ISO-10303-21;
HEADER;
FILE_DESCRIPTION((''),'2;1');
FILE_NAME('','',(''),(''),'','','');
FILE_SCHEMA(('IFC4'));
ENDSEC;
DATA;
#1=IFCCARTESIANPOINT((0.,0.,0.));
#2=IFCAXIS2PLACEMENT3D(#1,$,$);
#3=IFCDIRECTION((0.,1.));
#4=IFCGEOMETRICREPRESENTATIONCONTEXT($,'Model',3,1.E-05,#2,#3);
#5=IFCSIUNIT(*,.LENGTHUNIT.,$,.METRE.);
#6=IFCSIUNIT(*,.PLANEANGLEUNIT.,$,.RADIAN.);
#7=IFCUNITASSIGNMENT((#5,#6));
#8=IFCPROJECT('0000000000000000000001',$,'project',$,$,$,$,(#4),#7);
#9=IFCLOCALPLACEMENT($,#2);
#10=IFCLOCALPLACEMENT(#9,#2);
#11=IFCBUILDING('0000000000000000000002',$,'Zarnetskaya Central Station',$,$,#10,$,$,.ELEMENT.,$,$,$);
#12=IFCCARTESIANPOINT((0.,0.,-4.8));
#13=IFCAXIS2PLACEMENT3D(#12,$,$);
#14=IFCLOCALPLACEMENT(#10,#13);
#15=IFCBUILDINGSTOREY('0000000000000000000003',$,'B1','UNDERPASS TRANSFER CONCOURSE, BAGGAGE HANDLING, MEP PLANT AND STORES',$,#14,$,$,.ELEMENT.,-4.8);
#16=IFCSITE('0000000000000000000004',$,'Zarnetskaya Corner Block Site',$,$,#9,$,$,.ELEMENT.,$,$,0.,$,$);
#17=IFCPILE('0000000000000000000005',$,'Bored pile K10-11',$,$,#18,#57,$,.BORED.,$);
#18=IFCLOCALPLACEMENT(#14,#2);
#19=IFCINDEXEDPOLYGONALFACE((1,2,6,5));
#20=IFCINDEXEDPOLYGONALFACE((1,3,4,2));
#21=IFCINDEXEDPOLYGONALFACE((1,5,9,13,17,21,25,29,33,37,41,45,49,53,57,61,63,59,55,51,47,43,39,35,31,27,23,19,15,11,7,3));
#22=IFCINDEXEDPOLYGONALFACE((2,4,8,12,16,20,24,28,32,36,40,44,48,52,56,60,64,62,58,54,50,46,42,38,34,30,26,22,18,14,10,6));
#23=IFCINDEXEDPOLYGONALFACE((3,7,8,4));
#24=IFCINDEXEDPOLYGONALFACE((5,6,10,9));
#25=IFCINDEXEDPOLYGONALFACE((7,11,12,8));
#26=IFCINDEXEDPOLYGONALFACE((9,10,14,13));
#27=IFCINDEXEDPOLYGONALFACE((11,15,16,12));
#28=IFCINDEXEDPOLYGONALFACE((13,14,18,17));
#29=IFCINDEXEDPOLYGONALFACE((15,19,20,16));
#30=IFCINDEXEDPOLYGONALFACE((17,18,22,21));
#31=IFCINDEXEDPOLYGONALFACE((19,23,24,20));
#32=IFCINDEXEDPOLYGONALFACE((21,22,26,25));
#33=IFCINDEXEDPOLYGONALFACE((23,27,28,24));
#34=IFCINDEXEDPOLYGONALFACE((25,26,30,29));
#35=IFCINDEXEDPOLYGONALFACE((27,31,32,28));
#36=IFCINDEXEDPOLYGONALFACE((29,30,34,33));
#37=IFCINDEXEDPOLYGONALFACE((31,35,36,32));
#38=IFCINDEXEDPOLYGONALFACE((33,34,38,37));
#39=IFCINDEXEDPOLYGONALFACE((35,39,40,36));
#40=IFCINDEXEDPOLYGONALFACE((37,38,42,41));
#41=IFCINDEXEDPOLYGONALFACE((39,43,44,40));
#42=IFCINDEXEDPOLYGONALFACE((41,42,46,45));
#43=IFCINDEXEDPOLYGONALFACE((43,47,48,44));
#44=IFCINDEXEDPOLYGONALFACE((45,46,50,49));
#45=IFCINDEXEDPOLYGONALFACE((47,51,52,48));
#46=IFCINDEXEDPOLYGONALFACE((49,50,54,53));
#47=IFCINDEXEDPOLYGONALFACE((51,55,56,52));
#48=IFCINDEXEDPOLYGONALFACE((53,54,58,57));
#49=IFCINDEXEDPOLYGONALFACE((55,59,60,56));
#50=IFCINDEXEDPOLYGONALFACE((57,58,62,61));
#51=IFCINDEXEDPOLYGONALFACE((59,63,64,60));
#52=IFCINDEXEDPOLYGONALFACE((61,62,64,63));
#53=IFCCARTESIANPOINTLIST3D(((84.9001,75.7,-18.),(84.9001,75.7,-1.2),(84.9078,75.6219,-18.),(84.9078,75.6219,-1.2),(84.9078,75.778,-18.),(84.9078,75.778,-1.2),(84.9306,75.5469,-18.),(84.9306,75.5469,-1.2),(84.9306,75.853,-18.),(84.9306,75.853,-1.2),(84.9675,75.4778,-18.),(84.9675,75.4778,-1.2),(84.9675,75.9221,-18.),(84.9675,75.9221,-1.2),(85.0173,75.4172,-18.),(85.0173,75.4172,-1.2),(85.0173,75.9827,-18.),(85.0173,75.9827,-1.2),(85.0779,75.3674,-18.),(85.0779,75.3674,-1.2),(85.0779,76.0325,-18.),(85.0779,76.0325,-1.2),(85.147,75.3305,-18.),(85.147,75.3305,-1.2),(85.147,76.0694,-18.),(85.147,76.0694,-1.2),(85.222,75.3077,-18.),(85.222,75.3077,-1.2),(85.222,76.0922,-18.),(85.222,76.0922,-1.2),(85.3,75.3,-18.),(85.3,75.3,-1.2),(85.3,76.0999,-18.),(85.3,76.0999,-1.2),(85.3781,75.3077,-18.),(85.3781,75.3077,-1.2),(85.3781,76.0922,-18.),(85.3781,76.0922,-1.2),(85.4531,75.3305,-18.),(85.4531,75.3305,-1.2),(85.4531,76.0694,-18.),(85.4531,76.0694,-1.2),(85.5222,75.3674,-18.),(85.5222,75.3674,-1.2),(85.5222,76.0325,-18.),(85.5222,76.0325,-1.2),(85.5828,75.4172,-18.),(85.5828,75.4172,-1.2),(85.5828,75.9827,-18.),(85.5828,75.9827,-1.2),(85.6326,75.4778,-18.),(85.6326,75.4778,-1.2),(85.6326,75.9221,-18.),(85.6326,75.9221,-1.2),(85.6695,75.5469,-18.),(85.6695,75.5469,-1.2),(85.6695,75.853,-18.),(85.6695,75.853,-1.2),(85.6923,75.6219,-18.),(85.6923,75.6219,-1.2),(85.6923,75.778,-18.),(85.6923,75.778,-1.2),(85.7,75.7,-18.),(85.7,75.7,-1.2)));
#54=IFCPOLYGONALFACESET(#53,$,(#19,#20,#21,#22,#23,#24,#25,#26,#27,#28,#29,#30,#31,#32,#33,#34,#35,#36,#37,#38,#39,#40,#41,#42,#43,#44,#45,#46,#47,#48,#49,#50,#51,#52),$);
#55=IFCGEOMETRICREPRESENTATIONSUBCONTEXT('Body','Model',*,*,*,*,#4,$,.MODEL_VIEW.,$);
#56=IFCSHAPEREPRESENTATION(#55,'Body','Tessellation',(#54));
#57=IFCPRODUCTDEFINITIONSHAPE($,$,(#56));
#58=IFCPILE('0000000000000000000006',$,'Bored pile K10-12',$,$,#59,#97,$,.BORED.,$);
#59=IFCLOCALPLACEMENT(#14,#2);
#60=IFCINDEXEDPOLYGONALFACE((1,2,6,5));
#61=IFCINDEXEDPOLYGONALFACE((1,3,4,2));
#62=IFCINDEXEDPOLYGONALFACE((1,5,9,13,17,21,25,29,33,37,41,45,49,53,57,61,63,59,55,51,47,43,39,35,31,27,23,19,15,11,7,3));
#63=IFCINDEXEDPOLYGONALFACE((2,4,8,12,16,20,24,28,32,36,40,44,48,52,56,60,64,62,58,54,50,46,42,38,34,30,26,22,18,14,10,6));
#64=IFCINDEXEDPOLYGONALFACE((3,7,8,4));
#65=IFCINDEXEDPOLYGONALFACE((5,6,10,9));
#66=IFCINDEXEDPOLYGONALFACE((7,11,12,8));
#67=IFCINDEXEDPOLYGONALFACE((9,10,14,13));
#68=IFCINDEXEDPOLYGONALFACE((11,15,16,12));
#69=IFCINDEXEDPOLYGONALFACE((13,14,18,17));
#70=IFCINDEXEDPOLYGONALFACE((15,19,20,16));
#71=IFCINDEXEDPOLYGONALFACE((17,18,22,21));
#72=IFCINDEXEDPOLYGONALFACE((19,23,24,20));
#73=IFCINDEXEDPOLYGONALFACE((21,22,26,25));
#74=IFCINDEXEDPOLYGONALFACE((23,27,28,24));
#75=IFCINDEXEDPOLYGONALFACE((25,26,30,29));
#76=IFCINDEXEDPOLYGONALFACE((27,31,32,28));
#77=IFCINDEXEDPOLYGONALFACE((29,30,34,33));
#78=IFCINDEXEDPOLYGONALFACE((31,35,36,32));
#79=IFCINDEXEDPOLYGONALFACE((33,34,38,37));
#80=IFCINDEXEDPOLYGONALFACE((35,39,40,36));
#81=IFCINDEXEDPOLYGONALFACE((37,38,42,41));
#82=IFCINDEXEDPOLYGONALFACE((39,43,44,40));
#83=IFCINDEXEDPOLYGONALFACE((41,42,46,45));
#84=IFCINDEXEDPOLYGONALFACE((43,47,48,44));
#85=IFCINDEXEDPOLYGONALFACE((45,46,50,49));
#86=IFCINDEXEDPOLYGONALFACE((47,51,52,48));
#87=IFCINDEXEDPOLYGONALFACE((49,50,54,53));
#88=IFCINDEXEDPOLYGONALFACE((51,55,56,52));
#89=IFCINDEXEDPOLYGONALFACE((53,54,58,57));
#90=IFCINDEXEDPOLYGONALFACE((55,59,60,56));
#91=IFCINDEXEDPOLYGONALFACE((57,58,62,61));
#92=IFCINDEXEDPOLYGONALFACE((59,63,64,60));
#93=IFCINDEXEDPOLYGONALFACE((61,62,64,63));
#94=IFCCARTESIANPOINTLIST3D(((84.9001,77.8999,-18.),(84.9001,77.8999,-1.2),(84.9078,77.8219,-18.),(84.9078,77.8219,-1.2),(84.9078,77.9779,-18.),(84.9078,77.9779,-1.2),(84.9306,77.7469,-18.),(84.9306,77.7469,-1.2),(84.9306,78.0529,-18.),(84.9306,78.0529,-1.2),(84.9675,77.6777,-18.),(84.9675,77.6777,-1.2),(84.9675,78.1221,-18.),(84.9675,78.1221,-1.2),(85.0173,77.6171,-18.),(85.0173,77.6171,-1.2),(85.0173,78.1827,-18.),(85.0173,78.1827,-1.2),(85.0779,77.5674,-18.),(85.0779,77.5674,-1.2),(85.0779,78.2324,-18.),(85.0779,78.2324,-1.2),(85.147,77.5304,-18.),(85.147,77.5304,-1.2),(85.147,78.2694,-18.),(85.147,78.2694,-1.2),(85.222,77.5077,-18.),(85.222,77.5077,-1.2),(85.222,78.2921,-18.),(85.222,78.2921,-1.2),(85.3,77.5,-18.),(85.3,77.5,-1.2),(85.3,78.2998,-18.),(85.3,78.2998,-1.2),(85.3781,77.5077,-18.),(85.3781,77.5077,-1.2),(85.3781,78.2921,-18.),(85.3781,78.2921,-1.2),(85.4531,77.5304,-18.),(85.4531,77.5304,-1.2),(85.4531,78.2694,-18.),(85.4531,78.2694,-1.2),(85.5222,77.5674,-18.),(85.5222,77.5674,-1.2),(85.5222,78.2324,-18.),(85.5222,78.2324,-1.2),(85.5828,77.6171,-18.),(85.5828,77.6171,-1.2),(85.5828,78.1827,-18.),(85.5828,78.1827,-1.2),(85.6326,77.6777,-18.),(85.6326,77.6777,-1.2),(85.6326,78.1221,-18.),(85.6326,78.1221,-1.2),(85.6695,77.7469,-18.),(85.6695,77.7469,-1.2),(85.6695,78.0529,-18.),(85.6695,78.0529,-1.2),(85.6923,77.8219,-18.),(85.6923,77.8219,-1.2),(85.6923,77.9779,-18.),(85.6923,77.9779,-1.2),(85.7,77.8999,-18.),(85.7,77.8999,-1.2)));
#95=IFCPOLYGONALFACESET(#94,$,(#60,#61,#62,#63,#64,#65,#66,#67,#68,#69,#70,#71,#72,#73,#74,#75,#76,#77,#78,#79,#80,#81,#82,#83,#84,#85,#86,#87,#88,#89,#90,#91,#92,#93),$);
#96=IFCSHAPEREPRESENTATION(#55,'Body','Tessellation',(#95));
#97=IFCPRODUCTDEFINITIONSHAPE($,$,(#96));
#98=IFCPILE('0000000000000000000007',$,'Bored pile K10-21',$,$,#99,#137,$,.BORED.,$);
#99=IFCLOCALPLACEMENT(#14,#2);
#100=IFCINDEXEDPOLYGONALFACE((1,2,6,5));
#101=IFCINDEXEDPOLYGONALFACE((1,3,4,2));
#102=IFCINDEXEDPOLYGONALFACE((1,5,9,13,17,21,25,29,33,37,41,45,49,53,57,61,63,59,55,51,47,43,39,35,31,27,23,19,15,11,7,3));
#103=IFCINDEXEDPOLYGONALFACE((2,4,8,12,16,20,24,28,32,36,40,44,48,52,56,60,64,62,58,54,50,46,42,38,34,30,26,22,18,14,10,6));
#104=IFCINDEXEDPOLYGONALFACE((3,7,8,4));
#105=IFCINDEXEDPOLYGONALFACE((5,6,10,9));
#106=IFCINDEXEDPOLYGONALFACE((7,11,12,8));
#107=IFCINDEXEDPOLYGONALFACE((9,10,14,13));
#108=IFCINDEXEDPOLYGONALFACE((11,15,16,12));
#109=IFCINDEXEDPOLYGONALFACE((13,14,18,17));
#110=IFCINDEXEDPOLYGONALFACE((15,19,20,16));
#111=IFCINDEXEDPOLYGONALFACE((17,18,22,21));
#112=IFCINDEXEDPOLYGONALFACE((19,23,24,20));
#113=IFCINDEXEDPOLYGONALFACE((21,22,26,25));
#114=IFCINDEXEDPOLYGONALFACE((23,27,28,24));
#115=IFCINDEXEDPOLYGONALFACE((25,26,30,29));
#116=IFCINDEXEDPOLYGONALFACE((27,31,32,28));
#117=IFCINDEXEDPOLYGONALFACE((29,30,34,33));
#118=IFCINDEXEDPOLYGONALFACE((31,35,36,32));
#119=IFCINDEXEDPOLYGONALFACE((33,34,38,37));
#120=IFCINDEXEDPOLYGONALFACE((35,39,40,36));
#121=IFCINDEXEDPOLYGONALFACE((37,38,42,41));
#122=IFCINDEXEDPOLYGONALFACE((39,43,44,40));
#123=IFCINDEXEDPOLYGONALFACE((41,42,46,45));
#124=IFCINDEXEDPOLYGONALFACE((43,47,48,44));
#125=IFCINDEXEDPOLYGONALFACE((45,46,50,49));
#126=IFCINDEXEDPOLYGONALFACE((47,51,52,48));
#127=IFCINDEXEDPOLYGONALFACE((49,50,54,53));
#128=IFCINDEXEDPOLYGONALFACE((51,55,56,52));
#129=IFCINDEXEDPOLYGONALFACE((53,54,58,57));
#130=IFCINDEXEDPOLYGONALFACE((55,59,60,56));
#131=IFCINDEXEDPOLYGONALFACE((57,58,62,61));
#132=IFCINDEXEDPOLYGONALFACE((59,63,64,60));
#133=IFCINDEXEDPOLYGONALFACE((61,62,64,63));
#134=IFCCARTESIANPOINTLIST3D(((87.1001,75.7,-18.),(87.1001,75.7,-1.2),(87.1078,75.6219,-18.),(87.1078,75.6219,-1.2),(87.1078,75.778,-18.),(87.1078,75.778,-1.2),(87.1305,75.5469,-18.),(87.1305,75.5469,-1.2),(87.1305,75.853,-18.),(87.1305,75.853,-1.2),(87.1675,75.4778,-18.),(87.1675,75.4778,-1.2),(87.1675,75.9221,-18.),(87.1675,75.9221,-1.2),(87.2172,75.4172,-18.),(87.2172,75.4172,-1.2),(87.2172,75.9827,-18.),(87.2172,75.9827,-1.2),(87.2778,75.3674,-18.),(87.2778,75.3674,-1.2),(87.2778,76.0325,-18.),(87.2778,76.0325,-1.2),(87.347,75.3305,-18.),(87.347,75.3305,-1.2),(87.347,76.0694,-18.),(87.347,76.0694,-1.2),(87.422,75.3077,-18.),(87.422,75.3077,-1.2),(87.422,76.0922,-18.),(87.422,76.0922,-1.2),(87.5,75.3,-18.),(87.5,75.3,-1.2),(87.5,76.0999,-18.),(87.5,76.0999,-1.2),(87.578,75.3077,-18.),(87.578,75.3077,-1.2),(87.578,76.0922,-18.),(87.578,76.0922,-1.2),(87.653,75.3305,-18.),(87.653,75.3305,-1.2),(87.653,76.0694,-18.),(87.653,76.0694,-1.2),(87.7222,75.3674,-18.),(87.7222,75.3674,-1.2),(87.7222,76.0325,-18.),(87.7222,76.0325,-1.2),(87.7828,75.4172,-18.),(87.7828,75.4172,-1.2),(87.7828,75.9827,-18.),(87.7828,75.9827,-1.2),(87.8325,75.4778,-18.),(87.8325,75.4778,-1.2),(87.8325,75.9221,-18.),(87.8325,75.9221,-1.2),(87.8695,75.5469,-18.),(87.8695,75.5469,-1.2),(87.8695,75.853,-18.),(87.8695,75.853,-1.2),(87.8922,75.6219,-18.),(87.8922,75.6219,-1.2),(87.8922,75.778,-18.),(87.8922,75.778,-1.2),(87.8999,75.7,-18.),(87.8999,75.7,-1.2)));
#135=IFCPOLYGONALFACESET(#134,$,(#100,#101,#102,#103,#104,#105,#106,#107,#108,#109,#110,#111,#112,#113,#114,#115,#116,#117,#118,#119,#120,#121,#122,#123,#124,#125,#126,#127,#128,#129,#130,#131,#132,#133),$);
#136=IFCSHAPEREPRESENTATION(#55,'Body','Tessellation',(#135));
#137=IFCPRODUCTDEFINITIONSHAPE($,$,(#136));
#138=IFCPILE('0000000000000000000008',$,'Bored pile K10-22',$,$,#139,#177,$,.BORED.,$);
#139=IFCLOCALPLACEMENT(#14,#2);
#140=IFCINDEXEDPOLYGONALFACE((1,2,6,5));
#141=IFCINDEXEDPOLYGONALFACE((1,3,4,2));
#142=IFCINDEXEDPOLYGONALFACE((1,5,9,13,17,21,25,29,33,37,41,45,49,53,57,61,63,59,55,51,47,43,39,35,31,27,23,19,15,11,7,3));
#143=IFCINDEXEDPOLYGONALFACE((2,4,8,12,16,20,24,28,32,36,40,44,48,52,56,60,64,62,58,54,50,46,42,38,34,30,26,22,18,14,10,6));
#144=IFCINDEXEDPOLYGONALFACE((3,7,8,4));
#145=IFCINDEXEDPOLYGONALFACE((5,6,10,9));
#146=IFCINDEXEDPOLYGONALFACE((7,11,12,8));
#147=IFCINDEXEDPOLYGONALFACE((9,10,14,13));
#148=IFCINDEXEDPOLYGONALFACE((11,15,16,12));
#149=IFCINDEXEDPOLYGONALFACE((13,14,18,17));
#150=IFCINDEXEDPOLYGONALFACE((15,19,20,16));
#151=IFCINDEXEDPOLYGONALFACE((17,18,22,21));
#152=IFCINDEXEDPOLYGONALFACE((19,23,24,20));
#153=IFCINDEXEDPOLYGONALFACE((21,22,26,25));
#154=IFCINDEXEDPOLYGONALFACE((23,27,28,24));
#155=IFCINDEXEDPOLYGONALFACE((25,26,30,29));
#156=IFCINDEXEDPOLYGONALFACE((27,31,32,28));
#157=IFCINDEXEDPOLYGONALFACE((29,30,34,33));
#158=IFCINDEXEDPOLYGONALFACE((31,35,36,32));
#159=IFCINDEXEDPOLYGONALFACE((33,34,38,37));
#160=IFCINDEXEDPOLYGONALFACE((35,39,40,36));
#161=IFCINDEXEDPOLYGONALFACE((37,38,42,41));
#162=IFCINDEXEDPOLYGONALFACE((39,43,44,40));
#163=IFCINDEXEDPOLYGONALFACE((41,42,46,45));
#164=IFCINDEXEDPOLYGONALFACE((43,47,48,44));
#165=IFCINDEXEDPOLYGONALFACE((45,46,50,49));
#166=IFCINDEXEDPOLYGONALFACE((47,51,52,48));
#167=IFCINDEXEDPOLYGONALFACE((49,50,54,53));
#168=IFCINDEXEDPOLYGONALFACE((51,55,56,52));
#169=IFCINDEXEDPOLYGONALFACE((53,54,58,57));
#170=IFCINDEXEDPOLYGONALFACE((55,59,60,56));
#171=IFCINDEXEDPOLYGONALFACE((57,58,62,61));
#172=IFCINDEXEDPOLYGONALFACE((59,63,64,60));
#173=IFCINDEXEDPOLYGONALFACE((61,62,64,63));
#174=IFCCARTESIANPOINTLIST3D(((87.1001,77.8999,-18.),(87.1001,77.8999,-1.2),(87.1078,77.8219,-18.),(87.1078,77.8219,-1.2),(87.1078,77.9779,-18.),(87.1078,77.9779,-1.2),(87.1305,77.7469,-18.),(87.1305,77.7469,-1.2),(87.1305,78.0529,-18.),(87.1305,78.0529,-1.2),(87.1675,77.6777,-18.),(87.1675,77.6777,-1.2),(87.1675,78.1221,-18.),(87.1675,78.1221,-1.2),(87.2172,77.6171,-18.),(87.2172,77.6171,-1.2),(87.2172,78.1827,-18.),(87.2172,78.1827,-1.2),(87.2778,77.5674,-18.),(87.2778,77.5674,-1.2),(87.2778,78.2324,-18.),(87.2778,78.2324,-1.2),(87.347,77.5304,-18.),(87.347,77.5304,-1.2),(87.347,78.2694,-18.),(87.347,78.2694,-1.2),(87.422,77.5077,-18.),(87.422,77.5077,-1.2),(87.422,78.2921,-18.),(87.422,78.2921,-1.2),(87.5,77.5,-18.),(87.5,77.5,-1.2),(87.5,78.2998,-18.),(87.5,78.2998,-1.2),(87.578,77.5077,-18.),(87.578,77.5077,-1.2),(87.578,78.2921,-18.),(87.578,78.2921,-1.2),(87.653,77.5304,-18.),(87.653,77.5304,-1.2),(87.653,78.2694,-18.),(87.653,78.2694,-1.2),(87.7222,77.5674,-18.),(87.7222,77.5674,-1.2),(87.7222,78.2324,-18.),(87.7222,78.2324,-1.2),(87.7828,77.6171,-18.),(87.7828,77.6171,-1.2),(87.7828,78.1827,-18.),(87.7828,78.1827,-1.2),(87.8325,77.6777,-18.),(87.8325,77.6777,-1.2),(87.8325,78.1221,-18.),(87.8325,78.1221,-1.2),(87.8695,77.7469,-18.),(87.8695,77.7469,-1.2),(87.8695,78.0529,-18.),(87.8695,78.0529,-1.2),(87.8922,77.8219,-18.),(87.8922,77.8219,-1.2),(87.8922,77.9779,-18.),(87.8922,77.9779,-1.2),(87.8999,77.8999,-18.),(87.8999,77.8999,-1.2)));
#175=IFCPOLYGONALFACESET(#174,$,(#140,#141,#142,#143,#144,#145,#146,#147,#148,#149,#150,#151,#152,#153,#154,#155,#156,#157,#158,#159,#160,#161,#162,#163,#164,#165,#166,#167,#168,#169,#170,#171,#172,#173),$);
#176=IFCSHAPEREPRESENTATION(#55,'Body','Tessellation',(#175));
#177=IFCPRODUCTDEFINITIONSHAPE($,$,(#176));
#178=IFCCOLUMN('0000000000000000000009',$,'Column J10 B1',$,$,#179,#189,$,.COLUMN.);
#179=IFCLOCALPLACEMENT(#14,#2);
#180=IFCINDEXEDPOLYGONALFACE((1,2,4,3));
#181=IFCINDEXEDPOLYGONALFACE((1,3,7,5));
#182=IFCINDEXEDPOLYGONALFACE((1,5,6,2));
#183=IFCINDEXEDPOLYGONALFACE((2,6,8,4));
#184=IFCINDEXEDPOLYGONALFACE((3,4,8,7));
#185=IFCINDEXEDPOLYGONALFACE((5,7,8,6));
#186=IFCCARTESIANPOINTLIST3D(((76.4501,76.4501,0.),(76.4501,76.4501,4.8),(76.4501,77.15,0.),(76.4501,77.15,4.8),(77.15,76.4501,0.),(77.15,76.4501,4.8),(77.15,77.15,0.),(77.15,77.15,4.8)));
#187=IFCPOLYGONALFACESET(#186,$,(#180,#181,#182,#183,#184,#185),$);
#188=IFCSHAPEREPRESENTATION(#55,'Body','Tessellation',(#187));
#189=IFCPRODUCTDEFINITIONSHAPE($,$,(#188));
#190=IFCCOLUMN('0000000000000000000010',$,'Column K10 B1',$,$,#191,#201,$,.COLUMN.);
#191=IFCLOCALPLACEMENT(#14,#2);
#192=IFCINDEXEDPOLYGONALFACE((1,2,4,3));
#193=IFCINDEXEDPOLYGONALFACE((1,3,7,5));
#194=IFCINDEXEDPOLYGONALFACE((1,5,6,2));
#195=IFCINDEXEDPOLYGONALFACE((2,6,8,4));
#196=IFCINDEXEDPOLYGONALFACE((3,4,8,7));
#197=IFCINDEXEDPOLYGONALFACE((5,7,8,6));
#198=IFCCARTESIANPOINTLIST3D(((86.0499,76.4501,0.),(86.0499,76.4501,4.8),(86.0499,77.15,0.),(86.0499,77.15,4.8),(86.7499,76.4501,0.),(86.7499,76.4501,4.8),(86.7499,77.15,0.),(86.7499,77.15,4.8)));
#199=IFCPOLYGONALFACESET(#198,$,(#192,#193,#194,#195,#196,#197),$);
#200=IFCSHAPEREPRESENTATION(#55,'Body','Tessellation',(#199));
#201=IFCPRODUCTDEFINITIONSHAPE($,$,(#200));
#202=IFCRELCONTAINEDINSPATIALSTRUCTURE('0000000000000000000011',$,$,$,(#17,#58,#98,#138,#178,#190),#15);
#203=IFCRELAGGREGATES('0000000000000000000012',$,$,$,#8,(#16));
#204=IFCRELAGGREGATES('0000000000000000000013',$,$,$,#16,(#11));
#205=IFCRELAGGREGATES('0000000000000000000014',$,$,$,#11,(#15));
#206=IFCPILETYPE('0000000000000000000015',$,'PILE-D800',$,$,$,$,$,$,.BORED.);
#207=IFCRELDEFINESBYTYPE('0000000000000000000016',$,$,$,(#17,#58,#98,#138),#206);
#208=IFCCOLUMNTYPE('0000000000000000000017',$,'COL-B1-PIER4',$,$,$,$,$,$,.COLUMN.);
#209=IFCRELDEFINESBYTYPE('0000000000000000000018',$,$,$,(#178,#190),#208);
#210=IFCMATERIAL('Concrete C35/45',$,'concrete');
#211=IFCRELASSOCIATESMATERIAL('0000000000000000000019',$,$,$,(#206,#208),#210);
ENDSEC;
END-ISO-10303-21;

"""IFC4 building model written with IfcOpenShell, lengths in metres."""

from ifc_helpers import new_model, si_unit, direction, frame, origin, origin_2d, place, context, subcontext, project, spatial, rectangle, circle, extrude, material, material_profile, profile_set, type_object, element, save


model = new_model("IFC4")

# Units and contexts
model_context = context("Model", 3, precision=1e-05, world=origin(), true_north=direction((0.0, 1.0)))
body_context = subcontext(model_context, "Body", "Model", "MODEL_VIEW")
ifc_project = project(units=[si_unit("LENGTHUNIT", "METRE"), si_unit("PLANEANGLEUNIT", "RADIAN")], contexts=[model_context])

# Site, building, storey
site_placement = place(None, origin())
site = spatial("IfcSite", under=ifc_project, at=site_placement, Name="Zarnetskaya Corner Block Site", CompositionType="ELEMENT", RefElevation=0.0)
building_placement = place(site_placement, origin())
building = spatial("IfcBuilding", under=site, at=building_placement, Name="Zarnetskaya Central Station", CompositionType="ELEMENT")
storey_placement = place(building_placement, frame((0.0, 0.0, -4.8)))
storey = spatial("IfcBuildingStorey", under=building, at=storey_placement, Name="B1", Description="UNDERPASS TRANSFER CONCOURSE, BAGGAGE HANDLING, MEP PLANT AND STORES", CompositionType="ELEMENT", Elevation=-4.8)

# Shared definitions
ifc_material = material(Name="Concrete C35/45", Category="concrete")

# Piles
ifc_material_profile_1 = material_profile(ifc_material, circle(Radius=0.3999, at=origin_2d()), Name="BORED PILE D800")
ifc_profile_set_1 = profile_set([ifc_material_profile_1], Name="Concrete C35/45")
pile_type_1 = type_object("IfcPileType", Name="PILE-D800", PredefinedType="BORED", material=ifc_profile_set_1)
for number, where, z_axis, x_axis, name in (
    (1, (85.3, 75.7, -1.2), (0.0, 0.0, -1.0), (1.0, 0.0, 0.0), "Bored pile K10-11"),
    (2, (85.3, 77.8999, -1.2), (0.0, 0.0, -1.0), (1.0, 0.0, 0.0), "Bored pile K10-12"),
    (3, (87.5, 75.7, -1.2), (0.0, 0.0, -1.0), (1.0, 0.0, 0.0), "Bored pile K10-21"),
    (4, (87.5, 77.8999, -1.2), (0.0, 0.0, -1.0), (1.0, 0.0, 0.0), "Bored pile K10-22"),
):
    element("IfcPile", number, at=place(storey_placement, frame(where, z_axis=z_axis, x_axis=x_axis)), inside=storey, type_object=pile_type_1, Name=name, PredefinedType="BORED", context=body_context, shape_type="SweptSolid", body=[
        extrude(circle(Radius=0.3999, at=origin_2d()), origin(), (0.0, 0.0, 1.0), 16.8),
    ])

# Columns
ifc_material_profile_2 = material_profile(ifc_material, rectangle(XDim=0.7, YDim=0.7, at=origin_2d()), Name="RC 700x700")
ifc_profile_set_2 = profile_set([ifc_material_profile_2], Name="Concrete C35/45")
column_type_1 = type_object("IfcColumnType", Name="COL-B1-PIER4", PredefinedType="COLUMN", material=ifc_profile_set_2)
for number, where, z_axis, x_axis, name in (
    (5, (76.8, 76.8, 0.0), (0.0, 0.0, 1.0), (1.0, 0.0, 0.0), "Column J10 B1"),
    (6, (86.3999, 76.8, 0.0), (0.0, 0.0, 1.0), (1.0, 0.0, 0.0), "Column K10 B1"),
):
    element("IfcColumn", number, at=place(storey_placement, frame(where, z_axis=z_axis, x_axis=x_axis)), inside=storey, type_object=column_type_1, Name=name, PredefinedType="COLUMN", context=body_context, shape_type="SweptSolid", body=[
        extrude(rectangle(XDim=0.7, YDim=0.7, at=origin_2d()), origin(), (0.0, 0.0, 1.0), 4.8),
    ])

save(model, "model.ifc")
